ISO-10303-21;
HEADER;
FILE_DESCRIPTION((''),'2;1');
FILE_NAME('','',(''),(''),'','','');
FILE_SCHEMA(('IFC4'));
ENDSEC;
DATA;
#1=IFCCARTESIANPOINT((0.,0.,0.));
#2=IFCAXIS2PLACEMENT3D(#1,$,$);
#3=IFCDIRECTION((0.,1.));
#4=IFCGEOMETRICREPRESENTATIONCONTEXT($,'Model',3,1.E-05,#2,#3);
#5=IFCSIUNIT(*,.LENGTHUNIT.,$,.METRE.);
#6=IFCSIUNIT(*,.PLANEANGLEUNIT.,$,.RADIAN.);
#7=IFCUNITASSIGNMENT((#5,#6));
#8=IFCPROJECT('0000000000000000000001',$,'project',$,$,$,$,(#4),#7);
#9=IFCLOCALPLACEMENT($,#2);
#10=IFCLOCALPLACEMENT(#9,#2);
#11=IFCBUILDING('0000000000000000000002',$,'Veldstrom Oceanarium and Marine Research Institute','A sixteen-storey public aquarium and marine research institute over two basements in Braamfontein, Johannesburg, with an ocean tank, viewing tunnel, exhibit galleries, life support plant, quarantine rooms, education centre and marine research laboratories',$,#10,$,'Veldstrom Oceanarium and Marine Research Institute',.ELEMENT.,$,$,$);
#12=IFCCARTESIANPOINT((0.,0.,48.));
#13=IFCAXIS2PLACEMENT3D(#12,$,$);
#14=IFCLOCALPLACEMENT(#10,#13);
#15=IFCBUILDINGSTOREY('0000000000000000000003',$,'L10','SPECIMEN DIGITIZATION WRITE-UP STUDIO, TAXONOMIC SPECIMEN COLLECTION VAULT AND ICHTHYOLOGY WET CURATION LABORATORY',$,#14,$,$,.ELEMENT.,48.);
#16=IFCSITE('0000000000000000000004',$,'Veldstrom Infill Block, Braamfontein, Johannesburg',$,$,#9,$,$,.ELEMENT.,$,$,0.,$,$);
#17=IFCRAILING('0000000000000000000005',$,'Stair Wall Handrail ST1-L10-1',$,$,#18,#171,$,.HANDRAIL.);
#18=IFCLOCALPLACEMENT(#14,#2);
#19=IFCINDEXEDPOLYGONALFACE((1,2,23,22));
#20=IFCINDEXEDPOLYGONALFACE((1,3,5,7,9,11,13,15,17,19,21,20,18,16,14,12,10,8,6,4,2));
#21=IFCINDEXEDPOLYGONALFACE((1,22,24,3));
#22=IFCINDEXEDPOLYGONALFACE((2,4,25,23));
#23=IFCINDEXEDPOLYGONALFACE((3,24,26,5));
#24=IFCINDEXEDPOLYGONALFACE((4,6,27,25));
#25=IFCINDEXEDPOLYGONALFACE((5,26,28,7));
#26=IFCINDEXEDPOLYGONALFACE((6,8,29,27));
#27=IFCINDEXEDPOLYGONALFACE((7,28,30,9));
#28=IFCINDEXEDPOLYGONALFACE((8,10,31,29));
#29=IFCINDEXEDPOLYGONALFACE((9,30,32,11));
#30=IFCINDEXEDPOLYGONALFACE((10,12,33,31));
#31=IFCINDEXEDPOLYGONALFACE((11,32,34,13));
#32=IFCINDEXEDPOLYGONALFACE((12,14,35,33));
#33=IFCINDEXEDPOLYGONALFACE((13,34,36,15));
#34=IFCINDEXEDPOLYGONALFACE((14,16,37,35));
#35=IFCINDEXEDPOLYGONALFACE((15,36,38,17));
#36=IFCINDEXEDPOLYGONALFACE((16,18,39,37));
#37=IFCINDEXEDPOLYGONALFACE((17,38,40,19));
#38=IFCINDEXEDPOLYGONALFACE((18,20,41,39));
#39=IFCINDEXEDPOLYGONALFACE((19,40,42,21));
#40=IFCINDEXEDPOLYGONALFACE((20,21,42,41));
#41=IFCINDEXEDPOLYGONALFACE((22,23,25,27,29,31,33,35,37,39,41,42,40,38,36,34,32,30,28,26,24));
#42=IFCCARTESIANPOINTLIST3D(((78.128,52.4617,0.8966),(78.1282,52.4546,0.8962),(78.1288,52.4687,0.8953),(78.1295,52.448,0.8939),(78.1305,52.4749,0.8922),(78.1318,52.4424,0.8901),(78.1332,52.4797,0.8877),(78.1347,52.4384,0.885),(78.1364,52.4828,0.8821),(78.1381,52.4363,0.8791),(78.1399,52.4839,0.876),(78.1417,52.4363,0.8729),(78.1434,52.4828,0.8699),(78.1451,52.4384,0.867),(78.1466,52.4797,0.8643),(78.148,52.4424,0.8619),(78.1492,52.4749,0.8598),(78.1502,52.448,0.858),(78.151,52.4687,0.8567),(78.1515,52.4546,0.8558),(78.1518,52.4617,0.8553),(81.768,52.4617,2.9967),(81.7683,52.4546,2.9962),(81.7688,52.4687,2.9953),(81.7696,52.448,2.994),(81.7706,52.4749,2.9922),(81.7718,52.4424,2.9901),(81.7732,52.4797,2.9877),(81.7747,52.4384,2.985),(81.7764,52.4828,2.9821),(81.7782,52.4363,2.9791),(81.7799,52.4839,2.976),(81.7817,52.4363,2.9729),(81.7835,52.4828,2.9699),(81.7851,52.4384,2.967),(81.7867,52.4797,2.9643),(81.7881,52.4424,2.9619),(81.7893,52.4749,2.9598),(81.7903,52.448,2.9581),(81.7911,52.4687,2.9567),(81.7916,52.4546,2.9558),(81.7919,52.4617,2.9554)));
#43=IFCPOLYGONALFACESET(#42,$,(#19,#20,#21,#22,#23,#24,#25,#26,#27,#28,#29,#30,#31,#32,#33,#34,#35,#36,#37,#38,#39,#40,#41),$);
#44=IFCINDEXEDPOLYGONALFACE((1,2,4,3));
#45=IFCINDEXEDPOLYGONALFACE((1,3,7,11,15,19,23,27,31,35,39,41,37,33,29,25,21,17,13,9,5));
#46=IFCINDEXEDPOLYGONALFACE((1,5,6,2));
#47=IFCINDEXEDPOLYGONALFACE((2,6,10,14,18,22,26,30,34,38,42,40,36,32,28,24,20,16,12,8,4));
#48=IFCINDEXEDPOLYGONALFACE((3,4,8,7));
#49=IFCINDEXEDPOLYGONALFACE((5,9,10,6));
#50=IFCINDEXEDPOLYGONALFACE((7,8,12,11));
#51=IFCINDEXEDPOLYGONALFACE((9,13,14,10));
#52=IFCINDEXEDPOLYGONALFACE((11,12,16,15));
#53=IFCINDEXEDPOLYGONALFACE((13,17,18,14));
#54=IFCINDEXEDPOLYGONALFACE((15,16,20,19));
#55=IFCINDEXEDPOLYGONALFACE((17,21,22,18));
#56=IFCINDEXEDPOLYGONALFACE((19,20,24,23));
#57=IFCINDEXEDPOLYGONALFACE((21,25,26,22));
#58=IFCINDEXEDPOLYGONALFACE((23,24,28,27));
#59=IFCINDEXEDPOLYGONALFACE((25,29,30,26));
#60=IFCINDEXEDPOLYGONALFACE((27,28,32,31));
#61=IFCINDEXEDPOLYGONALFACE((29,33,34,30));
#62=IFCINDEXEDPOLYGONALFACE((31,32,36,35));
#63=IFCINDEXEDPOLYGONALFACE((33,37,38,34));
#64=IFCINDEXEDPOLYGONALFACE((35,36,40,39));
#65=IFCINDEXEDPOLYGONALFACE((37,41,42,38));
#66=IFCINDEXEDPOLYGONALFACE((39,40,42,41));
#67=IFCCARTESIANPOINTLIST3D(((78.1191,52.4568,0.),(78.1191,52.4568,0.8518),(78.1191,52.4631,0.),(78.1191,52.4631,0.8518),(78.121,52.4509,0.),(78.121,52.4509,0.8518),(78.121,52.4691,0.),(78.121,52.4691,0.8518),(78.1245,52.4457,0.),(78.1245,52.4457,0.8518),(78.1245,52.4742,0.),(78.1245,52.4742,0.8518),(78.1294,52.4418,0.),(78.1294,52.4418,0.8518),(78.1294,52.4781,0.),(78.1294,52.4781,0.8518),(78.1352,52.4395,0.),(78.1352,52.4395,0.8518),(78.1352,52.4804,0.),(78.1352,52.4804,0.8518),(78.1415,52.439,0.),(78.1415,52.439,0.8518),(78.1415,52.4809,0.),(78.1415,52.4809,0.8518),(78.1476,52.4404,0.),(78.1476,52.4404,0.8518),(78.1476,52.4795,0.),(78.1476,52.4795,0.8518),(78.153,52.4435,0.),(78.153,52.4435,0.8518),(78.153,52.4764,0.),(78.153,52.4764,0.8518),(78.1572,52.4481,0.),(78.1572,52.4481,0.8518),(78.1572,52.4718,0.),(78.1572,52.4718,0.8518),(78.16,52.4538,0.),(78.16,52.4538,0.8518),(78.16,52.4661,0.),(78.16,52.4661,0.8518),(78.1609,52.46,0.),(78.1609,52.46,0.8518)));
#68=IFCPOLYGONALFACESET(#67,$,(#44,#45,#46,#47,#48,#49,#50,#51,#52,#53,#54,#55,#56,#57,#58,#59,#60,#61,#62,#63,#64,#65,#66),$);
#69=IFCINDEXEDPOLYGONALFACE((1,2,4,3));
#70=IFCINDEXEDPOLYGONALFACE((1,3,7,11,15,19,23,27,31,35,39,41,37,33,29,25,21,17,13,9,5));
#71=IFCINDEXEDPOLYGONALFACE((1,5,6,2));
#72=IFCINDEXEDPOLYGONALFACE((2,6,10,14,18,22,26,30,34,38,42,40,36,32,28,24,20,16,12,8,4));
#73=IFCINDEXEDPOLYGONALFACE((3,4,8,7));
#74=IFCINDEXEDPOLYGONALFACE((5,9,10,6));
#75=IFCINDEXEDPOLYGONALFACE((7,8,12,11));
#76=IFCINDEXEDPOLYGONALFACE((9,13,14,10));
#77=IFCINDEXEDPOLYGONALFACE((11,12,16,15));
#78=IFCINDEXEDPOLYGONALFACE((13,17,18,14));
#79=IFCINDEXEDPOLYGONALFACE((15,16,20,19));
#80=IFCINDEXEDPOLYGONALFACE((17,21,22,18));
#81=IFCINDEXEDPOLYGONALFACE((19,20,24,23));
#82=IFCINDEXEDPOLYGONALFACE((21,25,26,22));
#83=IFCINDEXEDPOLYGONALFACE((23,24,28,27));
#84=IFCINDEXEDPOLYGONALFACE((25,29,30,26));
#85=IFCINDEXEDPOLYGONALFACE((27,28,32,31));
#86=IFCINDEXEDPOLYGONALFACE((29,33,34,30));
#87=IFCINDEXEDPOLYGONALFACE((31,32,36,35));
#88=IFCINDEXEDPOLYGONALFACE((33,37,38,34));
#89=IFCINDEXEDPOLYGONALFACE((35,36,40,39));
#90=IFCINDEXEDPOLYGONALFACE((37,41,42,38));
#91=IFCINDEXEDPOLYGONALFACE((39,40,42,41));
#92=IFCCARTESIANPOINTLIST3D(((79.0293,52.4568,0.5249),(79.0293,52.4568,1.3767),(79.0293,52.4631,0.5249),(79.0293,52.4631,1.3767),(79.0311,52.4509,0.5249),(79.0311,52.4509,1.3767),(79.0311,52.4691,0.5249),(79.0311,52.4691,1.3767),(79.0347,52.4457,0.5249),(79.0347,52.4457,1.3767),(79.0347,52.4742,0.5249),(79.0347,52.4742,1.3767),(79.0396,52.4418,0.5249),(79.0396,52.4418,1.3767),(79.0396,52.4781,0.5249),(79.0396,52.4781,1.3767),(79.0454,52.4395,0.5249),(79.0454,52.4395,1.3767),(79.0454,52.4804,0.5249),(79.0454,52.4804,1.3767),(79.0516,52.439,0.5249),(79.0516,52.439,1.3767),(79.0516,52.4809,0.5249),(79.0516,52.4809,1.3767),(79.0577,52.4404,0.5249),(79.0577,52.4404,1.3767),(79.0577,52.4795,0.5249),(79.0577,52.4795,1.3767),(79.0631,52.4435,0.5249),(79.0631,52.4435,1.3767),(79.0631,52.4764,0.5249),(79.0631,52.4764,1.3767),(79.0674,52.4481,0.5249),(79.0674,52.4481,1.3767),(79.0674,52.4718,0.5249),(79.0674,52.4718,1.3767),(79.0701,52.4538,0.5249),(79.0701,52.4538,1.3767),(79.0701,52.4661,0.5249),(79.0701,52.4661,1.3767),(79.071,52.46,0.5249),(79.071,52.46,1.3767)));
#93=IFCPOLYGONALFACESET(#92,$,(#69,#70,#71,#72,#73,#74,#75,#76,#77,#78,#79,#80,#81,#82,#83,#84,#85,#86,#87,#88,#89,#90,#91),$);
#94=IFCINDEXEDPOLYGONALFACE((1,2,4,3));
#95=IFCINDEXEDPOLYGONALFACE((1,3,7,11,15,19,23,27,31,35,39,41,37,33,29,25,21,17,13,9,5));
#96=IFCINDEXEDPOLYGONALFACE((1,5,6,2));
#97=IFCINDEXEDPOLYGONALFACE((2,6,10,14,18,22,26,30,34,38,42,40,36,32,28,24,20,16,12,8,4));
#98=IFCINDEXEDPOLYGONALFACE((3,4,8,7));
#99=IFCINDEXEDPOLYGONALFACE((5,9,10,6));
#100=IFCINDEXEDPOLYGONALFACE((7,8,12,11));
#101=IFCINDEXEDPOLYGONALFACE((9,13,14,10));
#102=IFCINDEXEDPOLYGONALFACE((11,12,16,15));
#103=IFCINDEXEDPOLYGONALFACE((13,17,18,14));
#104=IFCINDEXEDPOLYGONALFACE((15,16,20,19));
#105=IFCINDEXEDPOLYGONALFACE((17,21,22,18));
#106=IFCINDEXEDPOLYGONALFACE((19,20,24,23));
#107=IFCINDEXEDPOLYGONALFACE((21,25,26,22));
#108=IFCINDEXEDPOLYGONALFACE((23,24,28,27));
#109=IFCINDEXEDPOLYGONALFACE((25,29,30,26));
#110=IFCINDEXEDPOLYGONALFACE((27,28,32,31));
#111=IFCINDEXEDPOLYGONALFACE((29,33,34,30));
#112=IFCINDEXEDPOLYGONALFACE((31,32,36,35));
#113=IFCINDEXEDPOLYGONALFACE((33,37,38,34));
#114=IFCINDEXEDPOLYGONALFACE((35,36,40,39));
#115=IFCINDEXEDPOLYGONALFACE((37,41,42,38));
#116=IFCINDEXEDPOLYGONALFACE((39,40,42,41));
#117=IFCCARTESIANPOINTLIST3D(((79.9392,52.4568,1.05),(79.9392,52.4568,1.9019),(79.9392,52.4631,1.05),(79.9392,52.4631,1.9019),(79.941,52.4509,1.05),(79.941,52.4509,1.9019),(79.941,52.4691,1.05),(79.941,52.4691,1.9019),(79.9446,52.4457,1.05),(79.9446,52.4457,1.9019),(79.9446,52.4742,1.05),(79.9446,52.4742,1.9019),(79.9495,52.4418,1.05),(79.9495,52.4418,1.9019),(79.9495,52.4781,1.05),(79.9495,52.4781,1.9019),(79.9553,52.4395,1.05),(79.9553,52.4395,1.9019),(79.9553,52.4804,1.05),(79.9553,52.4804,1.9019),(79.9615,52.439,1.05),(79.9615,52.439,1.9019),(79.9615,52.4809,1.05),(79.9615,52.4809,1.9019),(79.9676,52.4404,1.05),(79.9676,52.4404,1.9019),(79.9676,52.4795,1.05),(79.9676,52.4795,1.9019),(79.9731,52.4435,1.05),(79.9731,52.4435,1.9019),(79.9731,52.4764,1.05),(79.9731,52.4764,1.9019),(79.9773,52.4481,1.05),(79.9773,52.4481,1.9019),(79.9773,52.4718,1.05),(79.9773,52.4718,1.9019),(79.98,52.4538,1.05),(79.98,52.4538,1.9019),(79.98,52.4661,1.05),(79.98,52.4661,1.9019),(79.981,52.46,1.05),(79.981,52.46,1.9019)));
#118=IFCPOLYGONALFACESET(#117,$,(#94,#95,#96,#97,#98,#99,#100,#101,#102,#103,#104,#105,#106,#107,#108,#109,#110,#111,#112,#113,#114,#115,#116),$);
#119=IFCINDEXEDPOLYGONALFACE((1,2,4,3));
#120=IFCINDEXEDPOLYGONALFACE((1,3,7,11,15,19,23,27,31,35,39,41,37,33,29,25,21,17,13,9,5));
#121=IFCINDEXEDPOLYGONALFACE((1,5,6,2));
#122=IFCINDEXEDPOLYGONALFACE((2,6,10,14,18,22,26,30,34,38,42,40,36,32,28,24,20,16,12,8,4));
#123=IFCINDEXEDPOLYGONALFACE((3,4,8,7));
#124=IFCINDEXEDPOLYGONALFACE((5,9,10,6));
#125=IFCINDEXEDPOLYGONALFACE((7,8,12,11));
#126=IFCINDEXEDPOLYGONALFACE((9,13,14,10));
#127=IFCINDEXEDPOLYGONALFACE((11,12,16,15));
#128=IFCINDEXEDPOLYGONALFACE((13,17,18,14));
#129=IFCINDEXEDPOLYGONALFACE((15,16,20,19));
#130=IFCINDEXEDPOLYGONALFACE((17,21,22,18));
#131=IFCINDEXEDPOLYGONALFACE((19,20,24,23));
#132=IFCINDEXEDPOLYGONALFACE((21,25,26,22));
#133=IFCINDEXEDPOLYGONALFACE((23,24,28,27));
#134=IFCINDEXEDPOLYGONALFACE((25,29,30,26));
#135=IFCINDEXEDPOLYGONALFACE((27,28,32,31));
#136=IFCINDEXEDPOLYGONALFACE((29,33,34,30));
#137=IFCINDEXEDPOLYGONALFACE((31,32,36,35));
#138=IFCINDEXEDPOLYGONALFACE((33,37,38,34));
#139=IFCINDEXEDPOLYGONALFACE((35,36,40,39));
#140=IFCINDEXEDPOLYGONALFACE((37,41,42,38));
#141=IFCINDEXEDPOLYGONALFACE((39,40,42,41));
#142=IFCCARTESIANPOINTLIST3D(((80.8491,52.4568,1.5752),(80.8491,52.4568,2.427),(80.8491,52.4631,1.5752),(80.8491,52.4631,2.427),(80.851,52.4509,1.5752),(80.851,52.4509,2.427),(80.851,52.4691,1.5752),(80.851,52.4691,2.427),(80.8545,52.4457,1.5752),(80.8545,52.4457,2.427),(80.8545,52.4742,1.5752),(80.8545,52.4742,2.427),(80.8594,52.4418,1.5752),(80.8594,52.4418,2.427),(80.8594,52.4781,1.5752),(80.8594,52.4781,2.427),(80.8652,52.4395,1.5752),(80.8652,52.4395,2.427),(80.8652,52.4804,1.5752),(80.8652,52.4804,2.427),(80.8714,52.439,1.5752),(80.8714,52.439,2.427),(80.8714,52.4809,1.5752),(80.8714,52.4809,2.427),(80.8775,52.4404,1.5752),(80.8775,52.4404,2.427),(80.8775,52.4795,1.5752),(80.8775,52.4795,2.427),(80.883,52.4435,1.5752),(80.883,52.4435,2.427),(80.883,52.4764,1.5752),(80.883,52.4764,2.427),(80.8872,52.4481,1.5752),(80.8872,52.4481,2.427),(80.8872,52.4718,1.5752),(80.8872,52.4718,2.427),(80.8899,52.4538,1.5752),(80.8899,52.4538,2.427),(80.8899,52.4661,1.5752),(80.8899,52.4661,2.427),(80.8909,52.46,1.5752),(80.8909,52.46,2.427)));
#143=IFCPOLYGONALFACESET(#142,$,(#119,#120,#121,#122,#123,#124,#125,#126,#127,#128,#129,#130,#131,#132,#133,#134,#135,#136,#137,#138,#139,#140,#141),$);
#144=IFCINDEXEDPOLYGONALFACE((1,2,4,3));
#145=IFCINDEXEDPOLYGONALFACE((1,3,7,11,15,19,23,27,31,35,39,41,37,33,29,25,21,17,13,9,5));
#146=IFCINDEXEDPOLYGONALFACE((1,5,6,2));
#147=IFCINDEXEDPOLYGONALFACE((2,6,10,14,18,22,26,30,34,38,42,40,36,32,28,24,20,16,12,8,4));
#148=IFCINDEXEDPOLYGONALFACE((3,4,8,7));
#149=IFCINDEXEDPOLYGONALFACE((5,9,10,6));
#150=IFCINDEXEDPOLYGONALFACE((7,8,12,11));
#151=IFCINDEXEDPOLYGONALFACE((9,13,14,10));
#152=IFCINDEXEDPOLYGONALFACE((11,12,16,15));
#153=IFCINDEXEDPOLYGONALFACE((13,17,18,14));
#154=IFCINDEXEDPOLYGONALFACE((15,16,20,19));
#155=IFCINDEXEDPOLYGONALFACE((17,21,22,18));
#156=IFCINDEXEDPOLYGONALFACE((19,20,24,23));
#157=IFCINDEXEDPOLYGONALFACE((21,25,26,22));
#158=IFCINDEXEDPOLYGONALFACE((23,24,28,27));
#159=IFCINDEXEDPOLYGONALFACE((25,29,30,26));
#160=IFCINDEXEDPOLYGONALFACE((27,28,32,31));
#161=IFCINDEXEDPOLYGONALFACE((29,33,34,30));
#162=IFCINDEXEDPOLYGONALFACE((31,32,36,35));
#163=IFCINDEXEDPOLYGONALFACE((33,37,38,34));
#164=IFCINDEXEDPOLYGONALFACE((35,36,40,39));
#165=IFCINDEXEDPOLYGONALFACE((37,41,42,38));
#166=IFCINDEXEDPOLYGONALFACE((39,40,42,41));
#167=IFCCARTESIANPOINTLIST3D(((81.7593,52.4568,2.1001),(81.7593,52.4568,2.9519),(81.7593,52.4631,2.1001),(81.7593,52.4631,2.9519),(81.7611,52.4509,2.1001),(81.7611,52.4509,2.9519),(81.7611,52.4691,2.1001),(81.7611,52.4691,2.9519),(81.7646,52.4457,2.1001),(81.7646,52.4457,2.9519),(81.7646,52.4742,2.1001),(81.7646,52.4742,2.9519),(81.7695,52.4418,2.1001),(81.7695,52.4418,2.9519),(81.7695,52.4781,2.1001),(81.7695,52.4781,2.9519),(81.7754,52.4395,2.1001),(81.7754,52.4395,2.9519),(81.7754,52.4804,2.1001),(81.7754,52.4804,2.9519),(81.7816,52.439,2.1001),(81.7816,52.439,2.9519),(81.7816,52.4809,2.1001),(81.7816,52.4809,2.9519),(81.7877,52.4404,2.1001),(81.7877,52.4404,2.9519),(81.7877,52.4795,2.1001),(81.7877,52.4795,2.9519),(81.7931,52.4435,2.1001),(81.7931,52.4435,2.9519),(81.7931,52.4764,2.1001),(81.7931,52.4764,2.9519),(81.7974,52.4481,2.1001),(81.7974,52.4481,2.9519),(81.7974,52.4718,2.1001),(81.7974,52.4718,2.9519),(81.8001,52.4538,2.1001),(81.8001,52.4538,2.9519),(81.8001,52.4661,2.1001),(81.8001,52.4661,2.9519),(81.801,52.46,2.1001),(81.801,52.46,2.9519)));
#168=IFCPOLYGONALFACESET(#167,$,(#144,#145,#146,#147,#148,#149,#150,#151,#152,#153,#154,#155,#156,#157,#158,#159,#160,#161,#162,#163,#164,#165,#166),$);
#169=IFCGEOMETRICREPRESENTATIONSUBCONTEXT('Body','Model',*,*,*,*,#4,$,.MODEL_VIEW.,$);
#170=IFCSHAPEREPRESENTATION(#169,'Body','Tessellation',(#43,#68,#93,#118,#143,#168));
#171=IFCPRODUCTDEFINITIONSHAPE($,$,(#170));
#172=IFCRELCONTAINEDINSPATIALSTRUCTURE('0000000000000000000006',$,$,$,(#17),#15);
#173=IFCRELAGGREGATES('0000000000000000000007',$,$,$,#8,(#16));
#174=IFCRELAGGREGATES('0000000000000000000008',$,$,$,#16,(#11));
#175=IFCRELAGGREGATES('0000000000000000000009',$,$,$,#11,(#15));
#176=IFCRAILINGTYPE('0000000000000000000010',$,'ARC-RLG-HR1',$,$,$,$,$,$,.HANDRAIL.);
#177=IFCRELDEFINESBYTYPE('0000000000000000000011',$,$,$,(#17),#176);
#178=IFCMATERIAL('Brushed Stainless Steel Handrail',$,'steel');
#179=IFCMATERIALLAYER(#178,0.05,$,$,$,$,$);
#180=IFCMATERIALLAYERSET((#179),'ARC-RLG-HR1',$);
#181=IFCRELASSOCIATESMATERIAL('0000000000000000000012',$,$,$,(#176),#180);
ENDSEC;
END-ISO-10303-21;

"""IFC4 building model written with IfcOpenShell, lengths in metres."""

from ifc_helpers import new_model, si_unit, direction, frame, origin, origin_2d, place, context, subcontext, project, spatial, circle, extrude, material, layer, layer_set, type_object, element, save


model = new_model("IFC4")

# Units and contexts
model_context = context("Model", 3, precision=1e-05, world=origin(), true_north=direction((0.0, 1.0)))
body_context = subcontext(model_context, "Body", "Model", "MODEL_VIEW")
ifc_project = project(units=[si_unit("LENGTHUNIT", "METRE"), si_unit("PLANEANGLEUNIT", "RADIAN")], contexts=[model_context])

# Site, building, storey
site_placement = place(None, origin())
site = spatial("IfcSite", under=ifc_project, at=site_placement, Name="Veldstrom Infill Block, Braamfontein, Johannesburg", CompositionType="ELEMENT", RefElevation=0.0)
building_placement = place(site_placement, origin())
building = spatial("IfcBuilding", under=site, at=building_placement, Name="Veldstrom Oceanarium and Marine Research Institute", Description="A sixteen-storey public aquarium and marine research institute over two basements in Braamfontein, Johannesburg, with an ocean tank, viewing tunnel, exhibit galleries, life support plant, quarantine rooms, education centre and marine research laboratories", LongName="Veldstrom Oceanarium and Marine Research Institute", CompositionType="ELEMENT")
storey_placement = place(building_placement, frame((0.0, 0.0, 48.0)))
storey = spatial("IfcBuildingStorey", under=building, at=storey_placement, Name="L10", Description="SPECIMEN DIGITIZATION WRITE-UP STUDIO, TAXONOMIC SPECIMEN COLLECTION VAULT AND ICHTHYOLOGY WET CURATION LABORATORY", CompositionType="ELEMENT", Elevation=48.0)

# Railing
ifc_material_1 = material(Name="Brushed Stainless Steel Handrail", Category="steel")
ifc_layer_1 = layer(ifc_material_1, 0.05)
ifc_layer_set_1 = layer_set([ifc_layer_1], Name="ARC-RLG-HR1")
railing_type_1 = type_object("IfcRailingType", Name="ARC-RLG-HR1", PredefinedType="HANDRAIL", material=ifc_layer_set_1)
railing_1_placement = place(storey_placement, frame((78.1399, 52.46, 0.0)))
element("IfcRailing", 1, at=railing_1_placement, inside=storey, type_object=railing_type_1, Name="Stair Wall Handrail ST1-L10-1", PredefinedType="HANDRAIL", context=body_context, shape_type="SweptSolid", body=[
    extrude(circle(Radius=0.0239, at=origin_2d()), frame((0.0, 0.0, 0.876), z_axis=(0.866184, 0.0, 0.499726), x_axis=(0.0, 1.0, 0.0)), (0.0, 0.0, 1.0), 4.2024),
    extrude(circle(Radius=0.021, at=origin_2d()), origin(), (0.0, 0.0, 1.0), 0.8518),
    extrude(circle(Radius=0.021, at=origin_2d()), frame((0.9102, 0.0, 0.5249)), (0.0, 0.0, 1.0), 0.8518),
    extrude(circle(Radius=0.021, at=origin_2d()), frame((1.8201, 0.0, 1.05)), (0.0, 0.0, 1.0), 0.8518),
    extrude(circle(Radius=0.021, at=origin_2d()), frame((2.73, 0.0, 1.5752)), (0.0, 0.0, 1.0), 0.8518),
    extrude(circle(Radius=0.021, at=origin_2d()), frame((3.6401, 0.0, 2.1001)), (0.0, 0.0, 1.0), 0.8518),
])

save(model, "model.ifc")
